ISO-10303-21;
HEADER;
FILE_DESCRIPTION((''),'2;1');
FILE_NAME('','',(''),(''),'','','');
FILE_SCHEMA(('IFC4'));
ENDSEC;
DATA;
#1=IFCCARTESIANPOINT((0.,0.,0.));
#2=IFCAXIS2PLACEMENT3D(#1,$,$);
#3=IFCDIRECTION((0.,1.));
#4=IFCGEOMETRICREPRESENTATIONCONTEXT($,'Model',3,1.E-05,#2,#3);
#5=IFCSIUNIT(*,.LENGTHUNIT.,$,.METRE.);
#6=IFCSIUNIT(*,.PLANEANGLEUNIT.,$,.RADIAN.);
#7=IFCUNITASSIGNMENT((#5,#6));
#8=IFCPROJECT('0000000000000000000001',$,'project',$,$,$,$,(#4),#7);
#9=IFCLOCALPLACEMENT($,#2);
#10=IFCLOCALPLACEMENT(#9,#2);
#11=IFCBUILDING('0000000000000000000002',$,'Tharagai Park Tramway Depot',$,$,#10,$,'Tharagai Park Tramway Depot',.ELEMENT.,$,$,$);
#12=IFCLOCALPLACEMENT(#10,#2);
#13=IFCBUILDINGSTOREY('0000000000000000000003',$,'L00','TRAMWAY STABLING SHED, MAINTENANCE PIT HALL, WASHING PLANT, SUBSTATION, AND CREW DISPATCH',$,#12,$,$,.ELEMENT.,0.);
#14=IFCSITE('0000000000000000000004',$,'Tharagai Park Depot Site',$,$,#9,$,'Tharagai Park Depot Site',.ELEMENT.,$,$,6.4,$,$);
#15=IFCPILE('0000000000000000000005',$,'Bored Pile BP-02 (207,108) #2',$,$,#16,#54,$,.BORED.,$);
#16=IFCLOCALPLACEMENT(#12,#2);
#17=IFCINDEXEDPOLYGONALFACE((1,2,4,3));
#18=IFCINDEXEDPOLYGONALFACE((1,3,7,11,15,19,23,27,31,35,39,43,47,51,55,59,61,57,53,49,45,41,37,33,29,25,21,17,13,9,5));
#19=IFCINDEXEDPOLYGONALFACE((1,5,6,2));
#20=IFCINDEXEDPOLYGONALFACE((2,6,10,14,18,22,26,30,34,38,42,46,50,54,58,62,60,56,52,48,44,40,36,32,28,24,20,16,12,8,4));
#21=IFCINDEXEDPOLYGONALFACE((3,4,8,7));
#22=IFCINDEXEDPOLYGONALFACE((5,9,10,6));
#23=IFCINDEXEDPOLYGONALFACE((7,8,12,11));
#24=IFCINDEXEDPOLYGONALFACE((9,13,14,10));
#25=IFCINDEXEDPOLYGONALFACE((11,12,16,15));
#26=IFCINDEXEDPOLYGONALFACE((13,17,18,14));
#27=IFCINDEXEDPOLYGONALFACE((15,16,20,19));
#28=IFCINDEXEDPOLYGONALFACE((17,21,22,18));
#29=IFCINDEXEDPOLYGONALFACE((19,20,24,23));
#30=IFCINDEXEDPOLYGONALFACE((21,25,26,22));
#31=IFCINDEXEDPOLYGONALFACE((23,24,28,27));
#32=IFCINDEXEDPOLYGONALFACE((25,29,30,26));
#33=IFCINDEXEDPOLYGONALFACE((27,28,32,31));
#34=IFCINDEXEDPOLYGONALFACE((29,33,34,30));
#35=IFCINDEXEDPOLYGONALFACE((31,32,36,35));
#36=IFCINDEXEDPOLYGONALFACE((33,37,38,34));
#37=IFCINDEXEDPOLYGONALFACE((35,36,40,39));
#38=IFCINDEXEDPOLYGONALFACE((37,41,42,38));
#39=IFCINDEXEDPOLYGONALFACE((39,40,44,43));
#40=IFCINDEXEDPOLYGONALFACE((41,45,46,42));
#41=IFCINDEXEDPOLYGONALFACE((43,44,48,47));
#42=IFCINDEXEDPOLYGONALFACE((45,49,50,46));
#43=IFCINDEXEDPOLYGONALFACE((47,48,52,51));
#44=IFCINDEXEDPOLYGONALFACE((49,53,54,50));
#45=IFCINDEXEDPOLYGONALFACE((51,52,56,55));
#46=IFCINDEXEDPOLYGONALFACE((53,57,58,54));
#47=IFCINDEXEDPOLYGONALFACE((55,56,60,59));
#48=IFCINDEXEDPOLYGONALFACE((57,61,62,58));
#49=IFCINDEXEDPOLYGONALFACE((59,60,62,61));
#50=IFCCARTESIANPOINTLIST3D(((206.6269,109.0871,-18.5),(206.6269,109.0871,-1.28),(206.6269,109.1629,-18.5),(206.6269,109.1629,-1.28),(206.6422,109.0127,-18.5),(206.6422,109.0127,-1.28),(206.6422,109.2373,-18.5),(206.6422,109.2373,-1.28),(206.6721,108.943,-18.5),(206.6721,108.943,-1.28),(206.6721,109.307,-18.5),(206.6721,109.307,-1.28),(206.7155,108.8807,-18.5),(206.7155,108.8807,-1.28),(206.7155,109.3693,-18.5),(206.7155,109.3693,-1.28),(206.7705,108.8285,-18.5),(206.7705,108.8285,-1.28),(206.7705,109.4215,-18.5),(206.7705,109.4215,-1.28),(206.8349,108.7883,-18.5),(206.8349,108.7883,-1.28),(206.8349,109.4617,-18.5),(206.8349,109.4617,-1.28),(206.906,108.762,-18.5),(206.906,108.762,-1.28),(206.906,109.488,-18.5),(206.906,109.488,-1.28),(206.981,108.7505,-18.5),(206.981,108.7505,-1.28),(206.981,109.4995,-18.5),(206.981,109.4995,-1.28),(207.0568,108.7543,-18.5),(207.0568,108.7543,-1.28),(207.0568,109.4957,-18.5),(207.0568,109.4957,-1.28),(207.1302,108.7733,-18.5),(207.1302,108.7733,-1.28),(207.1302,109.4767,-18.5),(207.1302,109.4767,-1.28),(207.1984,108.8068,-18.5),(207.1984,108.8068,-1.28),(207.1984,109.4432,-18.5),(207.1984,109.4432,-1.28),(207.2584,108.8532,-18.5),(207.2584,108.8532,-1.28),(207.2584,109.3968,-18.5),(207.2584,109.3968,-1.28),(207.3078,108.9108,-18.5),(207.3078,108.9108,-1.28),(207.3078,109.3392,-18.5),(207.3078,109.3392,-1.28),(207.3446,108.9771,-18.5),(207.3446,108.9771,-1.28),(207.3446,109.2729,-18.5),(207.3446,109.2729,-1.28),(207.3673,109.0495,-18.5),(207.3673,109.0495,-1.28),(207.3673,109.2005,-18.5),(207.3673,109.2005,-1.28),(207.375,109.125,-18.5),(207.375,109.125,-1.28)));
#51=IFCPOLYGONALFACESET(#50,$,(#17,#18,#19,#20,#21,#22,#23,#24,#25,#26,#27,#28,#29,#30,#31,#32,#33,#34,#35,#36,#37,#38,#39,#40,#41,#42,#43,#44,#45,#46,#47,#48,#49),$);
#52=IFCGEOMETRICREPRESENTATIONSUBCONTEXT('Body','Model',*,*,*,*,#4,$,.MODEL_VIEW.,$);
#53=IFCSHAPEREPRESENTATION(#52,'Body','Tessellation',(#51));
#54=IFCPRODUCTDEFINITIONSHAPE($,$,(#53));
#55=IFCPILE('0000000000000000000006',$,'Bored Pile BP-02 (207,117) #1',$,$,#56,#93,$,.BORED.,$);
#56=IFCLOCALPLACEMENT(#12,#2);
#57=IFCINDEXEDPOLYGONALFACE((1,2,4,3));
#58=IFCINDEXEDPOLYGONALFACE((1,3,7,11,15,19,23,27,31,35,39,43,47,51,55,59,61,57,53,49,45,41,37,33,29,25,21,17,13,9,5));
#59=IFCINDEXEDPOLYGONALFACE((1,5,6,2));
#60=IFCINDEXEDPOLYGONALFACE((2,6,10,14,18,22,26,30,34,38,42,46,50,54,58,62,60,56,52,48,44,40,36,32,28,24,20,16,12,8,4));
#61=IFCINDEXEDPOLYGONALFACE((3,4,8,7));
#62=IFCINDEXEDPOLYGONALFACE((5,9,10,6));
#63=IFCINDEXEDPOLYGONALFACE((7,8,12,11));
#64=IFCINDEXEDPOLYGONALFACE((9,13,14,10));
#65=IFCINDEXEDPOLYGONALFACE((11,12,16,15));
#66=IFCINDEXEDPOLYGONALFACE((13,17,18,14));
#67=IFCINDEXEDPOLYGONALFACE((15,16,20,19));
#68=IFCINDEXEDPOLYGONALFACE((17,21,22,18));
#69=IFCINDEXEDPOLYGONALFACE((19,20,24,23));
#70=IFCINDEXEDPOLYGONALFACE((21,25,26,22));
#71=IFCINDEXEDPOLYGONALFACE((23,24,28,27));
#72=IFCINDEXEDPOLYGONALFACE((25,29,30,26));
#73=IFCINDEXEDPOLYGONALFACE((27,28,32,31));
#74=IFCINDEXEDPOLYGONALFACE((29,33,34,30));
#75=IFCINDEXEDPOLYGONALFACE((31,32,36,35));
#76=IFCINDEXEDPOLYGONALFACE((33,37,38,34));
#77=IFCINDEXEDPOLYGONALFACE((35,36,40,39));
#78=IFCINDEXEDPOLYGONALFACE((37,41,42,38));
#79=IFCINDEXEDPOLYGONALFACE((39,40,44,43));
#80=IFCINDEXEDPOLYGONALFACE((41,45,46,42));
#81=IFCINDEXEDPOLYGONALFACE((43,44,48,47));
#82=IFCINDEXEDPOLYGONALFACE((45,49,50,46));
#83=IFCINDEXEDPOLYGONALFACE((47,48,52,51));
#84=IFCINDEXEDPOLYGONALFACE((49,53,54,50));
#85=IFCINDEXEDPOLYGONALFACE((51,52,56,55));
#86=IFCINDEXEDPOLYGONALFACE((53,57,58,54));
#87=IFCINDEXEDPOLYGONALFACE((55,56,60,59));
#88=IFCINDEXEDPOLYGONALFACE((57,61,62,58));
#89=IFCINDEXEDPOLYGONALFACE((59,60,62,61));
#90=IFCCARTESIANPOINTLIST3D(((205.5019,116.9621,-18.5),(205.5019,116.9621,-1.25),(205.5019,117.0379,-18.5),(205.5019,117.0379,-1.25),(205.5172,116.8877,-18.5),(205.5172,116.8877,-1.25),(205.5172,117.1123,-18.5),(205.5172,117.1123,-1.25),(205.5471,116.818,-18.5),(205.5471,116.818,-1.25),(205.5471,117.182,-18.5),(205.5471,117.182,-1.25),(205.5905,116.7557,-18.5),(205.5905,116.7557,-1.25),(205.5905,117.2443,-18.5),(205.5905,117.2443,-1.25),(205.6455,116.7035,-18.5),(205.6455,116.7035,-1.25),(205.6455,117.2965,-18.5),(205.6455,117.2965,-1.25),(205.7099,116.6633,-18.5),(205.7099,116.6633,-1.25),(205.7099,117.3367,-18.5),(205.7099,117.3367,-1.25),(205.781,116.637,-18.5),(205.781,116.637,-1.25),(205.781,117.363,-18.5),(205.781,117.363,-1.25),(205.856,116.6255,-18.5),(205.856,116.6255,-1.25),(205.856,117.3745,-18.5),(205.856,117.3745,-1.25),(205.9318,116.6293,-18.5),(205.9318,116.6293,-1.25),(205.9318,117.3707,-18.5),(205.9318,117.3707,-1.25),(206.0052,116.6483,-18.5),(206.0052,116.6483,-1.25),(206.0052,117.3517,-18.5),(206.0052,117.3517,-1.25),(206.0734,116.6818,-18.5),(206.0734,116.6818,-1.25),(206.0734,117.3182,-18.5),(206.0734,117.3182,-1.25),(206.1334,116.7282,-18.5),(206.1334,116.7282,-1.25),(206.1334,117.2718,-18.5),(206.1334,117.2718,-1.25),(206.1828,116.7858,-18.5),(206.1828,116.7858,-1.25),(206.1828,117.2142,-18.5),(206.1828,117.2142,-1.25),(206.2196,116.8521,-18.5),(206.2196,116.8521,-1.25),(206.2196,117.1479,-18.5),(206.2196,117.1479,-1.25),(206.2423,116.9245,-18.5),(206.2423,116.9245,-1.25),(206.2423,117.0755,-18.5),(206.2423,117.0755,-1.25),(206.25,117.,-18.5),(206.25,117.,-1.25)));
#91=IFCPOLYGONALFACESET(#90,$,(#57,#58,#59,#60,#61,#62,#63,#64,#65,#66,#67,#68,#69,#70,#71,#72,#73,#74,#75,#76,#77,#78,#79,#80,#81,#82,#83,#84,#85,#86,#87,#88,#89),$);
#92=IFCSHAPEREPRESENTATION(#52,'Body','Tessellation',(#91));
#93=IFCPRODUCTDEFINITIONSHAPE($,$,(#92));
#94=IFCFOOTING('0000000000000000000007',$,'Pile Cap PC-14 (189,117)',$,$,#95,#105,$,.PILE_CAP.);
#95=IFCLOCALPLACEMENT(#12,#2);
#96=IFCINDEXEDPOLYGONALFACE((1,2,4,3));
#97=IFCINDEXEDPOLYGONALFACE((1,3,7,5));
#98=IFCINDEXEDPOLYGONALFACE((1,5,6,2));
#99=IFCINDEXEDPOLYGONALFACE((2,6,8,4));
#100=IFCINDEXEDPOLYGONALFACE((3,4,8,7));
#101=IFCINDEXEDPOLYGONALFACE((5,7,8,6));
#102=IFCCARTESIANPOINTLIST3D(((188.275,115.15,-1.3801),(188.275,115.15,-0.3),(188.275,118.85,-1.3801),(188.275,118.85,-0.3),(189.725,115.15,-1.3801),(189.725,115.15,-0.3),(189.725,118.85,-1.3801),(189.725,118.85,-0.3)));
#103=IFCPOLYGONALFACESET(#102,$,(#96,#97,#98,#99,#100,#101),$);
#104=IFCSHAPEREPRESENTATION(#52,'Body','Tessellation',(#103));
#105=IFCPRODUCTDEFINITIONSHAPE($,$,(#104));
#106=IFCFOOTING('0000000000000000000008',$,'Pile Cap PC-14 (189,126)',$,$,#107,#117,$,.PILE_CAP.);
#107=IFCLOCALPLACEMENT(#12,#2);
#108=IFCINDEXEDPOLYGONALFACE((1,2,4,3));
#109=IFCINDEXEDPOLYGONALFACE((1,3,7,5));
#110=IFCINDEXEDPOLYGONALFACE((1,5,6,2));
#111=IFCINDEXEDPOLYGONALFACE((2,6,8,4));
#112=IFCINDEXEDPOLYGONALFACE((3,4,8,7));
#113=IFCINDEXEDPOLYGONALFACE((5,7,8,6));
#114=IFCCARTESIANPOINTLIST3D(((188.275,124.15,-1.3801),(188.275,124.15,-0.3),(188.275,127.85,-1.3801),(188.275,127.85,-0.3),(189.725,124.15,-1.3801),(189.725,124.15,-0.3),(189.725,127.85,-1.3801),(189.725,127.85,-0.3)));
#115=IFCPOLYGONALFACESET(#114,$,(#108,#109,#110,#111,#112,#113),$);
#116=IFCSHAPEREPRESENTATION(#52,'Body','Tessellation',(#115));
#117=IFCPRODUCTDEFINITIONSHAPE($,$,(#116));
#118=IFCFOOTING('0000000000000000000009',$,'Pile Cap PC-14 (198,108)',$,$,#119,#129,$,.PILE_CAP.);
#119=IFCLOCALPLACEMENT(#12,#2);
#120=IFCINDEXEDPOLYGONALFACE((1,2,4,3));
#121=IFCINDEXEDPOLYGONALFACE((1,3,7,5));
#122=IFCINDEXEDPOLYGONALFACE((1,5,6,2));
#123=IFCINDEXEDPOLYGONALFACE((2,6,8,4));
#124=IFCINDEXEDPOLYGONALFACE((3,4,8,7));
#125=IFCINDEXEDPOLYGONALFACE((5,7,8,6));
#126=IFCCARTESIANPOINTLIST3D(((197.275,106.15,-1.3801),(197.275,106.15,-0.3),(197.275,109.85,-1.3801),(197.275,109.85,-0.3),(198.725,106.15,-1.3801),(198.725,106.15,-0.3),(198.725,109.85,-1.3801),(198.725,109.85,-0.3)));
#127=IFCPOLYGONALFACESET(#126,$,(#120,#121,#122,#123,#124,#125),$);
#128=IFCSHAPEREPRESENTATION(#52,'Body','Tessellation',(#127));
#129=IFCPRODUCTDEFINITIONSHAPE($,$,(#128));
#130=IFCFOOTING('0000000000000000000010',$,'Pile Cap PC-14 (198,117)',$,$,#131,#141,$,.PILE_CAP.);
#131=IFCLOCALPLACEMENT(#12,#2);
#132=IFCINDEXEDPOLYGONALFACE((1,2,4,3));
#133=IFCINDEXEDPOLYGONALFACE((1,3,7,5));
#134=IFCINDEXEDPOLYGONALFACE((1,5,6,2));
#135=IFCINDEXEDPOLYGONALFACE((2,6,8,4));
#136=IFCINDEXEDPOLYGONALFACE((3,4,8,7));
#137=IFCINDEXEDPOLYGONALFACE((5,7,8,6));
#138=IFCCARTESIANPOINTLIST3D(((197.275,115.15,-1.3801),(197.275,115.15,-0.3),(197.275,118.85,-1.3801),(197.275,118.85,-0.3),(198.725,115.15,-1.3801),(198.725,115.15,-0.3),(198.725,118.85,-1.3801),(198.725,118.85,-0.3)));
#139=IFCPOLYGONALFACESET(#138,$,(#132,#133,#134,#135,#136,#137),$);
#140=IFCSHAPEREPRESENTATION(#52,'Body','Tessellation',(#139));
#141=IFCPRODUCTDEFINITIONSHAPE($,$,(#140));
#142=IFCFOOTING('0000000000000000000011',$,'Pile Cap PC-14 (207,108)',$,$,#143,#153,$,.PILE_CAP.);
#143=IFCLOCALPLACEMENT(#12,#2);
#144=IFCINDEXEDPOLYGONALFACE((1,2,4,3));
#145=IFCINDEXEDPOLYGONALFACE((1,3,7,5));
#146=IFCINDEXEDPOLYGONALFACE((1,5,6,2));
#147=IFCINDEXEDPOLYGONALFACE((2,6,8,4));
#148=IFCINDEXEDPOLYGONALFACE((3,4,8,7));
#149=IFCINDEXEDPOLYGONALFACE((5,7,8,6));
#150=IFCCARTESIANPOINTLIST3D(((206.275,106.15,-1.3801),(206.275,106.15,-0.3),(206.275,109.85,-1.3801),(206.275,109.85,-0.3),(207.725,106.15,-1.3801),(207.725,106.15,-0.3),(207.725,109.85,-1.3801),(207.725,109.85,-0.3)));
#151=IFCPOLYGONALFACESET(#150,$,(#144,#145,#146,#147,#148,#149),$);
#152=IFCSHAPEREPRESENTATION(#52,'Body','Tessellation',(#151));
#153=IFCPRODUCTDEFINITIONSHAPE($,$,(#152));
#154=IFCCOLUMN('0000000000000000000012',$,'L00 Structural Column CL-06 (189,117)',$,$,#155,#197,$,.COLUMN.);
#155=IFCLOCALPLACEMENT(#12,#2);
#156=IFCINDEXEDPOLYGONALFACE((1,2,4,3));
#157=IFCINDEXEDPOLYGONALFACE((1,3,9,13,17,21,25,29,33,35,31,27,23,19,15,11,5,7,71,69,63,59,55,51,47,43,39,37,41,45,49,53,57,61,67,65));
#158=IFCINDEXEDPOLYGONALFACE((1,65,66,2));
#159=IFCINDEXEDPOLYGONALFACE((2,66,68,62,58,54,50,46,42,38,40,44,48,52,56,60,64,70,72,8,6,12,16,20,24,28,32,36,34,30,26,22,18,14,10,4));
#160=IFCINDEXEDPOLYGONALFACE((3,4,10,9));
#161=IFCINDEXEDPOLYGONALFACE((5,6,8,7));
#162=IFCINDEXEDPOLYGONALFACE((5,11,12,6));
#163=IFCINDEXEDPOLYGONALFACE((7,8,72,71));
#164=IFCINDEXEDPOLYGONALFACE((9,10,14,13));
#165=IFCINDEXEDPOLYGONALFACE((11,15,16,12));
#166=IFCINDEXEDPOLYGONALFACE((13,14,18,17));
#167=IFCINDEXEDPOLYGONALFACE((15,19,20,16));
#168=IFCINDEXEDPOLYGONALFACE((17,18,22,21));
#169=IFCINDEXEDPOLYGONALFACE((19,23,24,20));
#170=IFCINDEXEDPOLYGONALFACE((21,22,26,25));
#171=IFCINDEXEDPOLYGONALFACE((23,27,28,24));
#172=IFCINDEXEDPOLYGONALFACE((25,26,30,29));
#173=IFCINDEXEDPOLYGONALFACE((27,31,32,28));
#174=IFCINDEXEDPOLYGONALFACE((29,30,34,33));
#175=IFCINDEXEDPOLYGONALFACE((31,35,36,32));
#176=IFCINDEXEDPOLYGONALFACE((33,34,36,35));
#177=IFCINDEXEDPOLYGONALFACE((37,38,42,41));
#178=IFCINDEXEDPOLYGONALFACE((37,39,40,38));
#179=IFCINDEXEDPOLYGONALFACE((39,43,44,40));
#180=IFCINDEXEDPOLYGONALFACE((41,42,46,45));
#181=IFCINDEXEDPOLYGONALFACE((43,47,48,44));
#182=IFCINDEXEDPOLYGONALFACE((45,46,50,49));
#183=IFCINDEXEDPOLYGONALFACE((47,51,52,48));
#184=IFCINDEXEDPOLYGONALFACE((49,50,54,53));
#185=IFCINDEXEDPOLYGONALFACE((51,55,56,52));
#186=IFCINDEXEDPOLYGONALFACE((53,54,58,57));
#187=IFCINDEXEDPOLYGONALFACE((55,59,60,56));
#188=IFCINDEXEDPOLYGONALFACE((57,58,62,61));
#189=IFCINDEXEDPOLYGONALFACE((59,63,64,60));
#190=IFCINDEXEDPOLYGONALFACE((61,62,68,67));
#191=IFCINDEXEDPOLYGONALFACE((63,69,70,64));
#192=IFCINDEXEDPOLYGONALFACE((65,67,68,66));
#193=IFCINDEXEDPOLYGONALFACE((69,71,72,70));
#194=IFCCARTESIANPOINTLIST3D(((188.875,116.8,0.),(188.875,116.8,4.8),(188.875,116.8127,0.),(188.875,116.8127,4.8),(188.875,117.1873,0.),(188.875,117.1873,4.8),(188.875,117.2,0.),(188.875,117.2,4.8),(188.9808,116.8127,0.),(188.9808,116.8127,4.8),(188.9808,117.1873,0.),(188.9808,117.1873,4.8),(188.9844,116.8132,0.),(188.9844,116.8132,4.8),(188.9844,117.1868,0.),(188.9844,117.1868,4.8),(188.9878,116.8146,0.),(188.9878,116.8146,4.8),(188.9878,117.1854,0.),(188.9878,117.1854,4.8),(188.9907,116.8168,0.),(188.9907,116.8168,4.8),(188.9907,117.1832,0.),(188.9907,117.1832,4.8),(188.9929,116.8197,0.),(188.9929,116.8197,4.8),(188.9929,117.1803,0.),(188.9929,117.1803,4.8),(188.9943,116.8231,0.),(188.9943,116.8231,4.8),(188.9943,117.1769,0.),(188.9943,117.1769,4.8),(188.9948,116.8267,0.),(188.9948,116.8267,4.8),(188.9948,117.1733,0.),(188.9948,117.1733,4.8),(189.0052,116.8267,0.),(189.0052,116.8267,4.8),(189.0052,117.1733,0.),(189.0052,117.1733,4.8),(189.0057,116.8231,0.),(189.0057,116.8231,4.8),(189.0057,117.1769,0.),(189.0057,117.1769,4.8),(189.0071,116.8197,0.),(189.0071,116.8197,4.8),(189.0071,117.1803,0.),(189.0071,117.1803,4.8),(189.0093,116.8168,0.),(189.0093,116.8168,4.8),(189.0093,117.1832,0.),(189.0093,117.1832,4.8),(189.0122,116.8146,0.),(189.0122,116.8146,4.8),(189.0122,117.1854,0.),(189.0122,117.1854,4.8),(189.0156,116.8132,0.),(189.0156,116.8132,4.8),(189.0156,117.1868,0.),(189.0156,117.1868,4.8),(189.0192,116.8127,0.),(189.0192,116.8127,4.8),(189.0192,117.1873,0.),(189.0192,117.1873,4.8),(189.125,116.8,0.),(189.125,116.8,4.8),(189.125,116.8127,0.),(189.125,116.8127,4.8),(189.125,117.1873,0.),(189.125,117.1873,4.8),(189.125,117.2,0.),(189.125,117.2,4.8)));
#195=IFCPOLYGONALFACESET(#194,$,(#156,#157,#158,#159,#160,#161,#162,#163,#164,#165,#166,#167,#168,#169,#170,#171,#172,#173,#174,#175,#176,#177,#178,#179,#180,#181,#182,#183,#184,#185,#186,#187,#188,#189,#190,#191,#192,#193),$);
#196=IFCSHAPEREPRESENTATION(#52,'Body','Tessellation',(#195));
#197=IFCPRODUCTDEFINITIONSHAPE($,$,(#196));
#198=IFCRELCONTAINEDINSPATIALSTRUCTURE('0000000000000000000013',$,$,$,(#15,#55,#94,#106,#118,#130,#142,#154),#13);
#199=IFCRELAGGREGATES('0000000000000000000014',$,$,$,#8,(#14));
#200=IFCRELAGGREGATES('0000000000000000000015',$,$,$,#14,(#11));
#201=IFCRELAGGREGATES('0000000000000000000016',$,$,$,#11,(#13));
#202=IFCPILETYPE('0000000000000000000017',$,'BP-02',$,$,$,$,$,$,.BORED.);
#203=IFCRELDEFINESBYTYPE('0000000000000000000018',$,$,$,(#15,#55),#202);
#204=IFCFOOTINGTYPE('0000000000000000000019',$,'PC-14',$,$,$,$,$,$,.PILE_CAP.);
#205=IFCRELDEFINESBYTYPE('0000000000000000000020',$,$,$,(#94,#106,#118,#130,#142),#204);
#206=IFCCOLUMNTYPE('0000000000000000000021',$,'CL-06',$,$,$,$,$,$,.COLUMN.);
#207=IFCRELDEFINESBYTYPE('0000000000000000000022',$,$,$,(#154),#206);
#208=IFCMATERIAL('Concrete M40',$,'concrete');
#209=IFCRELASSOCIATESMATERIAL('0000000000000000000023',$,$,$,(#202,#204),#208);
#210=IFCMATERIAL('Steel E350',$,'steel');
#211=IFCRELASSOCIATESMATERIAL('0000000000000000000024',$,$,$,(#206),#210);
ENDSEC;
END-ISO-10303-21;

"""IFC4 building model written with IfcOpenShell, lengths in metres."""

from ifc_helpers import new_model, si_unit, direction, frame, origin, origin_2d, place, context, subcontext, project, spatial, rectangle, circle, i_section, extrude, material, material_profile, profile_set, type_object, element, save


model = new_model("IFC4")

# Units and contexts
model_context = context("Model", 3, precision=1e-05, world=origin(), true_north=direction((0.0, 1.0)))
body_context = subcontext(model_context, "Body", "Model", "MODEL_VIEW")
ifc_project = project(units=[si_unit("LENGTHUNIT", "METRE"), si_unit("PLANEANGLEUNIT", "RADIAN")], contexts=[model_context])

# Site, building, storey
site_placement = place(None, origin())
site = spatial("IfcSite", under=ifc_project, at=site_placement, Name="Tharagai Park Depot Site", LongName="Tharagai Park Depot Site", CompositionType="ELEMENT", RefElevation=6.4)
building_placement = place(site_placement, origin())
building = spatial("IfcBuilding", under=site, at=building_placement, Name="Tharagai Park Tramway Depot", LongName="Tharagai Park Tramway Depot", CompositionType="ELEMENT")
storey_placement = place(building_placement, origin())
storey = spatial("IfcBuildingStorey", under=building, at=storey_placement, Name="L00", Description="TRAMWAY STABLING SHED, MAINTENANCE PIT HALL, WASHING PLANT, SUBSTATION, AND CREW DISPATCH", CompositionType="ELEMENT", Elevation=0.0)

# Piles
ifc_material_1 = material(Name="Concrete M40", Category="concrete")
ifc_material_profile_1 = material_profile(ifc_material_1, circle(Radius=0.375, at=origin_2d()), Name="PILE D750")
ifc_profile_set_1 = profile_set([ifc_material_profile_1], Name="Concrete M40")
pile_type = type_object("IfcPileType", Name="BP-02", PredefinedType="BORED", material=ifc_profile_set_1)
for number, where, z_axis, x_axis, name in (
    (1, (207.0, 109.125, -1.28), (0.0, 0.0, -1.0), (1.0, 0.0, 0.0), "Bored Pile BP-02 (207,108) #2"),
):
    element("IfcPile", number, at=place(storey_placement, frame(where, z_axis=z_axis, x_axis=x_axis)), inside=storey, type_object=pile_type, Name=name, PredefinedType="BORED", context=body_context, shape_type="SweptSolid", body=[
        extrude(circle(Radius=0.375, at=origin_2d()), origin(), (0.0, 0.0, 1.0), 17.22),
    ])
pile_1_placement = place(storey_placement, frame((205.875, 117.0, -1.25), z_axis=(0.0, 0.0, -1.0), x_axis=(1.0, 0.0, 0.0)))
element("IfcPile", 2, at=pile_1_placement, inside=storey, type_object=pile_type, Name="Bored Pile BP-02 (207,117) #1", PredefinedType="BORED", context=body_context, shape_type="SweptSolid", body=[
    extrude(circle(Radius=0.375, at=origin_2d()), origin(), (0.0, 0.0, 1.0), 17.25),
])

# Footings
footing_type = type_object("IfcFootingType", Name="PC-14", PredefinedType="PILE_CAP", material=ifc_material_1)
for number, where, z_axis, x_axis, name in (
    (3, (189.0, 117.0, -1.3801), (0.0, 0.0, 1.0), (1.0, 0.0, 0.0), "Pile Cap PC-14 (189,117)"),
    (4, (189.0, 126.0, -1.3801), (0.0, 0.0, 1.0), (1.0, 0.0, 0.0), "Pile Cap PC-14 (189,126)"),
    (5, (198.0, 108.0, -1.3801), (0.0, 0.0, 1.0), (1.0, 0.0, 0.0), "Pile Cap PC-14 (198,108)"),
    (6, (198.0, 117.0, -1.3801), (0.0, 0.0, 1.0), (1.0, 0.0, 0.0), "Pile Cap PC-14 (198,117)"),
    (7, (207.0, 108.0, -1.3801), (0.0, 0.0, 1.0), (1.0, 0.0, 0.0), "Pile Cap PC-14 (207,108)"),
):
    element("IfcFooting", number, at=place(storey_placement, frame(where, z_axis=z_axis, x_axis=x_axis)), inside=storey, type_object=footing_type, Name=name, PredefinedType="PILE_CAP", context=body_context, shape_type="SweptSolid", body=[
        extrude(rectangle(XDim=1.45, YDim=3.7, at=origin_2d()), origin(), (0.0, 0.0, 1.0), 1.0801),
    ])

# Column
ifc_material_2 = material(Name="Steel E350", Category="steel")
ifc_material_profile_2 = material_profile(ifc_material_2, i_section(OverallWidth=0.25, OverallDepth=0.3999, WebThickness=0.0105, FlangeThickness=0.0127, FilletRadius=0.0139, at=origin_2d()), Name="ISHB 400")
ifc_profile_set_2 = profile_set([ifc_material_profile_2], Name="Steel E350")
column_type = type_object("IfcColumnType", Name="CL-06", PredefinedType="COLUMN", material=ifc_profile_set_2)
for number, where, z_axis, x_axis, name in (
    (8, (189.0, 117.0, 0.0), (0.0, 0.0, 1.0), (1.0, 0.0, 0.0), "L00 Structural Column CL-06 (189,117)"),
):
    element("IfcColumn", number, at=place(storey_placement, frame(where, z_axis=z_axis, x_axis=x_axis)), inside=storey, type_object=column_type, Name=name, PredefinedType="COLUMN", context=body_context, shape_type="SweptSolid", body=[
        extrude(i_section(OverallWidth=0.25, OverallDepth=0.3999, WebThickness=0.0105, FlangeThickness=0.0127, FilletRadius=0.0139, at=origin_2d()), origin(), (0.0, 0.0, 1.0), 4.8),
    ])

save(model, "model.ifc")
